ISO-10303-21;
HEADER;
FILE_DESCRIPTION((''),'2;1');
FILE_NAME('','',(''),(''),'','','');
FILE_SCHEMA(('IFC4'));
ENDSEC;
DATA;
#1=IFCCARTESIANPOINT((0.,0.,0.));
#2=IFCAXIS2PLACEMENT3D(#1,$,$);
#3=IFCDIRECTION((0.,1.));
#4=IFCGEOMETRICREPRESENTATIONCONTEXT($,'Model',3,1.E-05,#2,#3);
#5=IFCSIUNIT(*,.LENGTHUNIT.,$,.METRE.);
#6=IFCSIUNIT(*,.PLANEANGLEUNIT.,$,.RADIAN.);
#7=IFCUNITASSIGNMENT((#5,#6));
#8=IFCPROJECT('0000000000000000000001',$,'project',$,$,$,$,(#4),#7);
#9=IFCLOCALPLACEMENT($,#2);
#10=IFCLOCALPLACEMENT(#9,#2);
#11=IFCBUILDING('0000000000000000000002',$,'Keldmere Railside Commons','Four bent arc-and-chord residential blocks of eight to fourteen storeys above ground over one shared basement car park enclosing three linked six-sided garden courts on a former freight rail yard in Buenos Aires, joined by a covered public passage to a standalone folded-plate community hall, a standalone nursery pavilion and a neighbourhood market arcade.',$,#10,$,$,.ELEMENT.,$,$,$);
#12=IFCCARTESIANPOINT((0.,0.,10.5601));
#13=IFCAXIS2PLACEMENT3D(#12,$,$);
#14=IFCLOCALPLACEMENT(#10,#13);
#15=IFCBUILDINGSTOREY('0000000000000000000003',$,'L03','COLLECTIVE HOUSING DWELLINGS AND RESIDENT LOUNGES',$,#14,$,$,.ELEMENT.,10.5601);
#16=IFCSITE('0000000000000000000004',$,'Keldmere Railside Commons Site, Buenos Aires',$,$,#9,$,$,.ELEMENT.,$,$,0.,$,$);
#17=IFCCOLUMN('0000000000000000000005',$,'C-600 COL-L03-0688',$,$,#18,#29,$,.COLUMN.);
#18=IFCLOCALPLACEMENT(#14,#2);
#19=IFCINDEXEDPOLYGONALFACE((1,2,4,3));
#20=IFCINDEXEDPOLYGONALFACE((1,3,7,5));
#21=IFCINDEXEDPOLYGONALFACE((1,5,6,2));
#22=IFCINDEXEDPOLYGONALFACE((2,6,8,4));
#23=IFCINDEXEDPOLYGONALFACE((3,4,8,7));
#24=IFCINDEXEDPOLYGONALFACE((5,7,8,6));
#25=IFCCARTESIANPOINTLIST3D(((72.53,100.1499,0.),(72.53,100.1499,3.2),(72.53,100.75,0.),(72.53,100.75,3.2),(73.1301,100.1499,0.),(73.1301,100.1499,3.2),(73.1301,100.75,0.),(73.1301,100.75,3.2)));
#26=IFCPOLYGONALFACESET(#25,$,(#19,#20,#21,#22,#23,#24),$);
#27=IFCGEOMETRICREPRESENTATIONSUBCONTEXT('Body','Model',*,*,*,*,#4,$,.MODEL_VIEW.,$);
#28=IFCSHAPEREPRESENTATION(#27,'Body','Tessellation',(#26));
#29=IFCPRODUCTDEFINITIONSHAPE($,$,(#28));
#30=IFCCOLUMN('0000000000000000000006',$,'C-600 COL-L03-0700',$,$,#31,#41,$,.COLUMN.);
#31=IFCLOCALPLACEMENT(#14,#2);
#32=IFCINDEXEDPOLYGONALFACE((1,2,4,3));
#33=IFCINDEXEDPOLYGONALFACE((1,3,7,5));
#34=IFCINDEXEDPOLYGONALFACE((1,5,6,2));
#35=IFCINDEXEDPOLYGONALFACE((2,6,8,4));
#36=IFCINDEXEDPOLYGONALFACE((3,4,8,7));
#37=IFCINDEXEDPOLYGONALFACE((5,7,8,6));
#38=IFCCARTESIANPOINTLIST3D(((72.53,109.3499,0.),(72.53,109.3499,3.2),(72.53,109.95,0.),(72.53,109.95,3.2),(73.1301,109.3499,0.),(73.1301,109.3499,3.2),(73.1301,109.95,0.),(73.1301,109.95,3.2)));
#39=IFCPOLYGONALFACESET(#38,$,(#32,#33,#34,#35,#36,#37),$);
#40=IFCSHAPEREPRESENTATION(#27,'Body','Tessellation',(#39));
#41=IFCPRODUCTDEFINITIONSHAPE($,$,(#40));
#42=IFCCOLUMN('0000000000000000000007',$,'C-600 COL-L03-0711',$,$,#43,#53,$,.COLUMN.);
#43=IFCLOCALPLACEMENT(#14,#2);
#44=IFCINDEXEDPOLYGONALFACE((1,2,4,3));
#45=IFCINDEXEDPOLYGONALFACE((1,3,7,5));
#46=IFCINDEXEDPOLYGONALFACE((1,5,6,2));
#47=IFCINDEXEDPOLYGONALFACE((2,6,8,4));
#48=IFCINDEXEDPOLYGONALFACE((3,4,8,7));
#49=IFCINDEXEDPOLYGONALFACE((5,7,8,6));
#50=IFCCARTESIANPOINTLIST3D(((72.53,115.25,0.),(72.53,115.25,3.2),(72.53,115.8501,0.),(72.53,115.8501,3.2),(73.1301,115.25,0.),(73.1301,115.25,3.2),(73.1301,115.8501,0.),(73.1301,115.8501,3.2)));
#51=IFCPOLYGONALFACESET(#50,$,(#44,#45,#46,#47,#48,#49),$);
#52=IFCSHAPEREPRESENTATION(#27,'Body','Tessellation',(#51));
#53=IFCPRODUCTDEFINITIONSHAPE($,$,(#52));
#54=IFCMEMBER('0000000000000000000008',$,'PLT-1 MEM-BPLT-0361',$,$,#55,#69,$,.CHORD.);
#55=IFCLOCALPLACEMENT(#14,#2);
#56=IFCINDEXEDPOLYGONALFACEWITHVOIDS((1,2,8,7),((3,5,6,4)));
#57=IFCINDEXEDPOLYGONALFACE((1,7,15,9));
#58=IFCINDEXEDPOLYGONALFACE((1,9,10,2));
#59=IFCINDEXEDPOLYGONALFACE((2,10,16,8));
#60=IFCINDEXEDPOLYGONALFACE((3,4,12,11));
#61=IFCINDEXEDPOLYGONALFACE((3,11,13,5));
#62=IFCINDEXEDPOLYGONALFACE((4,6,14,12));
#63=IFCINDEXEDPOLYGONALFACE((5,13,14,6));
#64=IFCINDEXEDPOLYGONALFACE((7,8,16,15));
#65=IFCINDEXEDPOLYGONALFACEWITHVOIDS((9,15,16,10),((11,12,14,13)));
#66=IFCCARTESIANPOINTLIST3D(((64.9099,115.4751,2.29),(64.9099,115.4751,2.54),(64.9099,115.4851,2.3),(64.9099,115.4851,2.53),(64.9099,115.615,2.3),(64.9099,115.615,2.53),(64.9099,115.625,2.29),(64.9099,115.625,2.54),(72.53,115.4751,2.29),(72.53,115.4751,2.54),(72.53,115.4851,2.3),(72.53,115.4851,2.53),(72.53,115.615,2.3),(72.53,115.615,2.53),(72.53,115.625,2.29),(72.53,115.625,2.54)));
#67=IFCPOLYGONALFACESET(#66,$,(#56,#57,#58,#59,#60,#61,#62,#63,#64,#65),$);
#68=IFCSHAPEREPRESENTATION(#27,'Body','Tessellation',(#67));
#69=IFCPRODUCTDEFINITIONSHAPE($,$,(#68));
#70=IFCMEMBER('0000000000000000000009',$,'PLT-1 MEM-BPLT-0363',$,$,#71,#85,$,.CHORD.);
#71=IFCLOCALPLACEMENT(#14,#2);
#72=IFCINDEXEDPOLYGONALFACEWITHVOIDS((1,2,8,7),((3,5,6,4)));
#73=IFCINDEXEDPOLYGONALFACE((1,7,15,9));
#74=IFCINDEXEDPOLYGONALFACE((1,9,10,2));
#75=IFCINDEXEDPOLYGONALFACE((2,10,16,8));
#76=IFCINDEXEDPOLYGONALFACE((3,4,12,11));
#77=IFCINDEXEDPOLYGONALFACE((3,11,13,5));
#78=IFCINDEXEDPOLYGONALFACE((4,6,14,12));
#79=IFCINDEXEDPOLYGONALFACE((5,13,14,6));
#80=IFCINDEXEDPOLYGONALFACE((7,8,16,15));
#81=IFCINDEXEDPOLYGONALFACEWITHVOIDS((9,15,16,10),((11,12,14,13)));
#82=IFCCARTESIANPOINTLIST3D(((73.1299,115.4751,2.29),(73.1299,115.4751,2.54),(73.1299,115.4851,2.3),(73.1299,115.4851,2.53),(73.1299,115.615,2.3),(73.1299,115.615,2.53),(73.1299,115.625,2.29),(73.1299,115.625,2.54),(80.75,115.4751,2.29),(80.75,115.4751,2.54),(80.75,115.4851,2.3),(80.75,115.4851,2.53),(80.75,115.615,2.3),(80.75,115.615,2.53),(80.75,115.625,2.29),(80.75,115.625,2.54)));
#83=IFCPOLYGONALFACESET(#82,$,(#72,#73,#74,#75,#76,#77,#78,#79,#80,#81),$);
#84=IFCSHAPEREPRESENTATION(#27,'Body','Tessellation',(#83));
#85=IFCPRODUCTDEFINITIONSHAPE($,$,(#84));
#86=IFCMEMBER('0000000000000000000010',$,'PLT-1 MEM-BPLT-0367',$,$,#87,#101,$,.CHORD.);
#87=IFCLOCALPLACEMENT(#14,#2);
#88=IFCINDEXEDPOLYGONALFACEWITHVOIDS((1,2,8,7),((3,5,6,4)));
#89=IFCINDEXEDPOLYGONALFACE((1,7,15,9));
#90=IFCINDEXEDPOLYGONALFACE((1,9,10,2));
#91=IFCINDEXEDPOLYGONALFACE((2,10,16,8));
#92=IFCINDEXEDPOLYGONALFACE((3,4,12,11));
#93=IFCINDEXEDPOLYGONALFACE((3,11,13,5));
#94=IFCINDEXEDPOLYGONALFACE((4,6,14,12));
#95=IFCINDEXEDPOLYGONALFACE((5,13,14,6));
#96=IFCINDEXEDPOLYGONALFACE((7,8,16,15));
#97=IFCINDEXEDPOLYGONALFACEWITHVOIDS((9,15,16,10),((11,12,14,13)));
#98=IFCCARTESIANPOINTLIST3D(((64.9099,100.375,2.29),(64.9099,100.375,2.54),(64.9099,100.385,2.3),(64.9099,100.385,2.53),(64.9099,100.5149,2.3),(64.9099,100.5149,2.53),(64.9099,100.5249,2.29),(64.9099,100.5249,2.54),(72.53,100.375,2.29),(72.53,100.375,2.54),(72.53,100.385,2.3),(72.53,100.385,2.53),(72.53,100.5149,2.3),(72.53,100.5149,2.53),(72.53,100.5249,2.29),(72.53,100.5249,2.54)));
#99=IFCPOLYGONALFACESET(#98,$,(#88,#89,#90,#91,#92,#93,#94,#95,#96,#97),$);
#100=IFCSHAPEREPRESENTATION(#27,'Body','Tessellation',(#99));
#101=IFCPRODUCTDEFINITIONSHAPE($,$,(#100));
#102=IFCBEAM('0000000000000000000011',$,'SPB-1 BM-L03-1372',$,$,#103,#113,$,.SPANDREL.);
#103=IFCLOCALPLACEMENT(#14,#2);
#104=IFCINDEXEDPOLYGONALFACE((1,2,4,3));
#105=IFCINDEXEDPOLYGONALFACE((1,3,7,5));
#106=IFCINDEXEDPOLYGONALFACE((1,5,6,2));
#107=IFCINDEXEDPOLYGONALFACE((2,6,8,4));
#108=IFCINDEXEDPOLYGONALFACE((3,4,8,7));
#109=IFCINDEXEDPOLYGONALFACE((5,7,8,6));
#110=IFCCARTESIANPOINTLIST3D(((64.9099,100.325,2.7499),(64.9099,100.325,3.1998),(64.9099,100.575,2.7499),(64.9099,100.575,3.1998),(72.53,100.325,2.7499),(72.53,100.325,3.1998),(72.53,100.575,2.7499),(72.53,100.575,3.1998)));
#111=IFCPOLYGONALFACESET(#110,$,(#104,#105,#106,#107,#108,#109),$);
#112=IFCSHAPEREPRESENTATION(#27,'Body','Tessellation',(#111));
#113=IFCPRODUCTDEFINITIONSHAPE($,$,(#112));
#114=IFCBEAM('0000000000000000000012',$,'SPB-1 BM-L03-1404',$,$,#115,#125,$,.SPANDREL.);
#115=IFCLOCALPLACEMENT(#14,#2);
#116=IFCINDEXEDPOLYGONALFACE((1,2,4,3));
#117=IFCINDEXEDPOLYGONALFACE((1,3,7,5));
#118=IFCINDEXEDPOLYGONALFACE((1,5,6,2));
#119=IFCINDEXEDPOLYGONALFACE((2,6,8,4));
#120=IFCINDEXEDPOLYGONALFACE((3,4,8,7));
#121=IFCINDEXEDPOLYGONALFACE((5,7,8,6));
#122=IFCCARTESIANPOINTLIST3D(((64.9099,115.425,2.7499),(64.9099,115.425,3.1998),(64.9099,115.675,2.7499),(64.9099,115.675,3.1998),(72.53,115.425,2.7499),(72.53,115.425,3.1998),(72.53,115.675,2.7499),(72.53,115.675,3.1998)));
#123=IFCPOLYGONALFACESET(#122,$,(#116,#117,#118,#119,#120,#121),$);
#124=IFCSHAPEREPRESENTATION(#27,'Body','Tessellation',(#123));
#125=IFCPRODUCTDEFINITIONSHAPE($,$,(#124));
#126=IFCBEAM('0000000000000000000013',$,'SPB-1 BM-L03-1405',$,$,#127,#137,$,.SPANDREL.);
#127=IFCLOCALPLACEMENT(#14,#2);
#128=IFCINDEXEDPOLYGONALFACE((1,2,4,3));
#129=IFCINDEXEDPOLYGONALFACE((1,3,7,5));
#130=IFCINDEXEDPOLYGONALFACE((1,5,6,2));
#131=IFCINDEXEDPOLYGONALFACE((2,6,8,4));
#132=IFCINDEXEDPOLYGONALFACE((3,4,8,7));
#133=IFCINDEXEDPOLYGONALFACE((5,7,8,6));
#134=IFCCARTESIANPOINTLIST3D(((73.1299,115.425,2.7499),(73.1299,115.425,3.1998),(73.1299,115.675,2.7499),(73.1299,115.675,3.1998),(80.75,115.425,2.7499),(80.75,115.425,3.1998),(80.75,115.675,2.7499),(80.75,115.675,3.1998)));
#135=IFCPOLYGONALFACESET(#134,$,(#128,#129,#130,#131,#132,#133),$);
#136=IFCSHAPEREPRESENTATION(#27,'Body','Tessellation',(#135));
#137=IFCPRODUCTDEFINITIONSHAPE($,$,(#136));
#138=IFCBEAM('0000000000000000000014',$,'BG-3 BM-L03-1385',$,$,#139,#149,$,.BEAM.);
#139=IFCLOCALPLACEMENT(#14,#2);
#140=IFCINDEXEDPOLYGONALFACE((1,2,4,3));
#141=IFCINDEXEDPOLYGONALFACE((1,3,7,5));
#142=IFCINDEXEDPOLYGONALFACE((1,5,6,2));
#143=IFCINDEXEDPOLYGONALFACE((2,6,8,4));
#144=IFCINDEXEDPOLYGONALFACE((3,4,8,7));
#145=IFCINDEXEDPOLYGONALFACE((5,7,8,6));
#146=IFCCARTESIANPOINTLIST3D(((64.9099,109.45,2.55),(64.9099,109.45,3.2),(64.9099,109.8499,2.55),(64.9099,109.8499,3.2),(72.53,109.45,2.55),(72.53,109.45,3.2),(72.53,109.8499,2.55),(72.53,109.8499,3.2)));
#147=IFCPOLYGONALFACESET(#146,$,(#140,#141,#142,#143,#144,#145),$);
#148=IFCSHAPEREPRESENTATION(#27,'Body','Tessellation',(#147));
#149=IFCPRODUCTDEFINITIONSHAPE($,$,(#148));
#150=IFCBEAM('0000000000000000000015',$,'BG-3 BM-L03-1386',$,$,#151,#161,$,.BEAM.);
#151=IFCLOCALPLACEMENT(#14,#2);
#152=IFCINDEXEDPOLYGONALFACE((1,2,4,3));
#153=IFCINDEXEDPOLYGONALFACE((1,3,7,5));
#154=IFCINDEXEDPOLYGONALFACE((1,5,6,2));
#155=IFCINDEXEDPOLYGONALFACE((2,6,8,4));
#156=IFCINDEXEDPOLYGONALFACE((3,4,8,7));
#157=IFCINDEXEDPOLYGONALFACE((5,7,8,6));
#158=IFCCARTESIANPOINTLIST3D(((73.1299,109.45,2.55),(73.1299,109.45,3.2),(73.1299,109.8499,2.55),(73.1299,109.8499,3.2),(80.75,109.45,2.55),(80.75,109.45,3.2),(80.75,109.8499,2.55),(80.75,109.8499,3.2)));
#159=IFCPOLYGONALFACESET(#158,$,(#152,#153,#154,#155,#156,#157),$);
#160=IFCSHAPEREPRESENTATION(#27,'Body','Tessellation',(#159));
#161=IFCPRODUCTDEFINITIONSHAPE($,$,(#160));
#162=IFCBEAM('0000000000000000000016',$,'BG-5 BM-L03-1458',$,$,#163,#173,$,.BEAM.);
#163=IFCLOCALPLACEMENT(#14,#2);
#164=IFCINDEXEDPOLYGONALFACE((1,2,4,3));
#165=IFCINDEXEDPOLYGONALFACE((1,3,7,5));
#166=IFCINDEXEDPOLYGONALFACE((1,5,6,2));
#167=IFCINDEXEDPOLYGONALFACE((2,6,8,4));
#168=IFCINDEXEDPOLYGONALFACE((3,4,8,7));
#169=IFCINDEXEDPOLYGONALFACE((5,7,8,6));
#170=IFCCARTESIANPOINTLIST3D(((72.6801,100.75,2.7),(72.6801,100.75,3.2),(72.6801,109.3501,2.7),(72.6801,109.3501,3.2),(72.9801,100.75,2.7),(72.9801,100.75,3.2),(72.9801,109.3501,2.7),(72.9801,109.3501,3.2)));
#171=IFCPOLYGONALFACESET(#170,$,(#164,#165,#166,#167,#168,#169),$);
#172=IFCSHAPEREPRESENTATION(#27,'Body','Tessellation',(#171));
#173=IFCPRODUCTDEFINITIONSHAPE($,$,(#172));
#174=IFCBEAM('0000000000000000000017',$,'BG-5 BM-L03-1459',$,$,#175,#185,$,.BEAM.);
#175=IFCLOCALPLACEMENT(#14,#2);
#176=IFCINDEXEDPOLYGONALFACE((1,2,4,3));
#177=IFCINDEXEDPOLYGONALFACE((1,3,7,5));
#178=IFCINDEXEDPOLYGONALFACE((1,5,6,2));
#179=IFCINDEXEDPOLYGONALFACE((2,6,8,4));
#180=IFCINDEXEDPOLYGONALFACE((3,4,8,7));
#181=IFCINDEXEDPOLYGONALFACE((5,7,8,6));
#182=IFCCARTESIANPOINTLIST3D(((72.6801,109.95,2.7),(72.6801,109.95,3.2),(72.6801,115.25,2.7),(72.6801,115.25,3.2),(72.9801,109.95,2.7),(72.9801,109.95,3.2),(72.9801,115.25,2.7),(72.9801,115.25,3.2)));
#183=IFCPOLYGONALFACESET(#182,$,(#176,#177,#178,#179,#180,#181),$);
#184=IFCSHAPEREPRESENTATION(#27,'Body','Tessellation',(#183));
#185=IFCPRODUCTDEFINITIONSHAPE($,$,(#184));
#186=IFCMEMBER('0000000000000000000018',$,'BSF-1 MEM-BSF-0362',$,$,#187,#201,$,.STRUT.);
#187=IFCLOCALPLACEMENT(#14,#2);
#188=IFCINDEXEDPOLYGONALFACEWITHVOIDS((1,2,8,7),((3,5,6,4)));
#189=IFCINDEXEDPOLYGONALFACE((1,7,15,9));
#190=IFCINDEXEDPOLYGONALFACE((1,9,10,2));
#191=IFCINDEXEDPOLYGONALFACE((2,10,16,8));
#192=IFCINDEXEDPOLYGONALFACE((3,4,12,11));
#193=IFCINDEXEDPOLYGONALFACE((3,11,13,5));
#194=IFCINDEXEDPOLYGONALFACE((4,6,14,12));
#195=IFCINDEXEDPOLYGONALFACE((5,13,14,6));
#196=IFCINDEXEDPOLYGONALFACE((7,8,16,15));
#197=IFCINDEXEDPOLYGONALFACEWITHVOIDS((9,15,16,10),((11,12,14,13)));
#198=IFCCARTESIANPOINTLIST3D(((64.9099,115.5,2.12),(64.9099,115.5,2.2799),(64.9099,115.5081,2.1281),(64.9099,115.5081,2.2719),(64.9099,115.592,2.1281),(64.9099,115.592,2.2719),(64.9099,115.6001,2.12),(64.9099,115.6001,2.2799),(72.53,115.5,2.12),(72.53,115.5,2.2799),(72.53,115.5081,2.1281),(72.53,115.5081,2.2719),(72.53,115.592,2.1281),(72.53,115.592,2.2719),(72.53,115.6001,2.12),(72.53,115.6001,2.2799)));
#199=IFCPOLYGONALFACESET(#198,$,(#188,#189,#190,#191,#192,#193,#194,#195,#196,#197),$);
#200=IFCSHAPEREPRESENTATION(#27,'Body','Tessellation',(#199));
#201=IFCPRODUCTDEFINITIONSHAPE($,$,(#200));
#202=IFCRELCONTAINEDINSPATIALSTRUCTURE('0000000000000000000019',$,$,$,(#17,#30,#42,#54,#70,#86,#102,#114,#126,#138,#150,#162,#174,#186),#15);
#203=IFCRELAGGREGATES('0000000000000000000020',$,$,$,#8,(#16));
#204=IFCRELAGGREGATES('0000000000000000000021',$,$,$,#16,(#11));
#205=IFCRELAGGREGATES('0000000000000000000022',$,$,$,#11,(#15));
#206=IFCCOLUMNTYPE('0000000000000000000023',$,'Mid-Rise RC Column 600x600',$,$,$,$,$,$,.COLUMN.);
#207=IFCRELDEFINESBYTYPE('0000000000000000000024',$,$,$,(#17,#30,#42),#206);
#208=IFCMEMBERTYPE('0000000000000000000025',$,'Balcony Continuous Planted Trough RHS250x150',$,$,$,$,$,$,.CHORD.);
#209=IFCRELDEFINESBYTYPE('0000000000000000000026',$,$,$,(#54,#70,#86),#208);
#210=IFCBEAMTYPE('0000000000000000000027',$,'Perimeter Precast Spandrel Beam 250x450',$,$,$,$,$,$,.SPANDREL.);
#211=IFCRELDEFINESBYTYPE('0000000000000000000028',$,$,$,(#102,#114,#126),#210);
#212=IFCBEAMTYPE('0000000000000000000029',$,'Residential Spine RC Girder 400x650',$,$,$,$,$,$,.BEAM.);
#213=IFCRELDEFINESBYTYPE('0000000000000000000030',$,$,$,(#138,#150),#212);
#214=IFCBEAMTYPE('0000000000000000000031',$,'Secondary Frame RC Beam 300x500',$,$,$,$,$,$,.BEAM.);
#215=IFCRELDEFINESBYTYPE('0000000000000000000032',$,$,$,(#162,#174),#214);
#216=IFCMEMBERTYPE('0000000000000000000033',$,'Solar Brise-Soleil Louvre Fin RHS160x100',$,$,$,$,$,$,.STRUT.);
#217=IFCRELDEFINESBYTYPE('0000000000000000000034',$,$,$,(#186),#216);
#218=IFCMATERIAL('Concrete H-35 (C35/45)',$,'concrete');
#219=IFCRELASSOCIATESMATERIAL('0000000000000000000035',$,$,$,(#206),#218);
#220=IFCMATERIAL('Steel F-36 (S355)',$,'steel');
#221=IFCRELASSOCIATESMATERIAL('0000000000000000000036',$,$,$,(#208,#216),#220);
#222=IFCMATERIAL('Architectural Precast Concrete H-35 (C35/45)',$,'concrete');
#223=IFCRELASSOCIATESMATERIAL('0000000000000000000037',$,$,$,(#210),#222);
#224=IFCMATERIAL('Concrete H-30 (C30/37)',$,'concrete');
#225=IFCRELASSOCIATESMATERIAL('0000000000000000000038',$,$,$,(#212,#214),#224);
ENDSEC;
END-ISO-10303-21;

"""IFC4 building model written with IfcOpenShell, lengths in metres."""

from ifc_helpers import new_model, si_unit, direction, frame, origin, origin_2d, place, context, subcontext, project, spatial, rectangle, hollow_rectangle, extrude, material, material_profile, profile_set, type_object, element, save


model = new_model("IFC4")

# Units and contexts
model_context = context("Model", 3, precision=1e-05, world=origin(), true_north=direction((0.0, 1.0)))
body_context = subcontext(model_context, "Body", "Model", "MODEL_VIEW")
ifc_project = project(units=[si_unit("LENGTHUNIT", "METRE"), si_unit("PLANEANGLEUNIT", "RADIAN")], contexts=[model_context])

# Site, building, storey
site_placement = place(None, origin())
site = spatial("IfcSite", under=ifc_project, at=site_placement, Name="Keldmere Railside Commons Site, Buenos Aires", CompositionType="ELEMENT", RefElevation=0.0)
building_placement = place(site_placement, origin())
building = spatial("IfcBuilding", under=site, at=building_placement, Name="Keldmere Railside Commons", Description="Four bent arc-and-chord residential blocks of eight to fourteen storeys above ground over one shared basement car park enclosing three linked six-sided garden courts on a former freight rail yard in Buenos Aires, joined by a covered public passage to a standalone folded-plate community hall, a standalone nursery pavilion and a neighbourhood market arcade.", CompositionType="ELEMENT")
storey_placement = place(building_placement, frame((0.0, 0.0, 10.5601)))
storey = spatial("IfcBuildingStorey", under=building, at=storey_placement, Name="L03", Description="COLLECTIVE HOUSING DWELLINGS AND RESIDENT LOUNGES", CompositionType="ELEMENT", Elevation=10.5601)

# Columns
ifc_material_1 = material(Name="Concrete H-35 (C35/45)", Category="concrete")
ifc_material_profile_1 = material_profile(ifc_material_1, rectangle(XDim=0.6001, YDim=0.6001, at=origin_2d()), Name="RC-600x600")
ifc_profile_set_1 = profile_set([ifc_material_profile_1], Name="Concrete H-35 (C35/45)")
column_type = type_object("IfcColumnType", Name="Mid-Rise RC Column 600x600", PredefinedType="COLUMN", material=ifc_profile_set_1)
for number, where, z_axis, x_axis, name in (
    (1, (72.8301, 100.45, 0.0), (0.0, 0.0, 1.0), (1.0, 0.0, 0.0), "C-600 COL-L03-0688"),
    (2, (72.8301, 109.6499, 0.0), (0.0, 0.0, 1.0), (1.0, 0.0, 0.0), "C-600 COL-L03-0700"),
    (3, (72.8301, 115.55, 0.0), (0.0, 0.0, 1.0), (1.0, 0.0, 0.0), "C-600 COL-L03-0711"),
):
    element("IfcColumn", number, at=place(storey_placement, frame(where, z_axis=z_axis, x_axis=x_axis)), inside=storey, type_object=column_type, Name=name, PredefinedType="COLUMN", context=body_context, shape_type="SweptSolid", body=[
        extrude(rectangle(XDim=0.6001, YDim=0.6001, at=origin_2d()), origin(), (0.0, 0.0, 1.0), 3.2),
    ])

# Members
ifc_material_2 = material(Name="Steel F-36 (S355)", Category="steel")
ifc_material_profile_2 = material_profile(ifc_material_2, hollow_rectangle(XDim=0.1499, YDim=0.25, WallThickness=0.01, at=origin_2d()), Name="RHS-250x150x10")
ifc_profile_set_2 = profile_set([ifc_material_profile_2], Name="Steel F-36 (S355)")
member_type_1 = type_object("IfcMemberType", Name="Balcony Continuous Planted Trough RHS250x150", PredefinedType="CHORD", material=ifc_profile_set_2)
for number, where, z_axis, x_axis, name in (
    (4, (64.9099, 115.55, 2.415), (1.0, 0.0, 0.0), (0.0, 1.0, 0.0), "PLT-1 MEM-BPLT-0361"),
    (5, (73.1299, 115.55, 2.415), (1.0, 0.0, 0.0), (0.0, 1.0, 0.0), "PLT-1 MEM-BPLT-0363"),
    (6, (64.9099, 100.45, 2.415), (1.0, 0.0, 0.0), (0.0, 1.0, 0.0), "PLT-1 MEM-BPLT-0367"),
):
    element("IfcMember", number, at=place(storey_placement, frame(where, z_axis=z_axis, x_axis=x_axis)), inside=storey, type_object=member_type_1, Name=name, PredefinedType="CHORD", context=body_context, shape_type="SweptSolid", body=[
        extrude(hollow_rectangle(XDim=0.1499, YDim=0.25, WallThickness=0.01, at=origin_2d()), origin(), (0.0, 0.0, 1.0), 7.6201),
    ])

# Beams
ifc_material_3 = material(Name="Architectural Precast Concrete H-35 (C35/45)", Category="concrete")
ifc_material_profile_3 = material_profile(ifc_material_3, rectangle(XDim=0.25, YDim=0.45, at=origin_2d()), Name="RC-250x450")
ifc_profile_set_3 = profile_set([ifc_material_profile_3], Name="Architectural Precast Concrete H-35 (C35/45)")
beam_type_1 = type_object("IfcBeamType", Name="Perimeter Precast Spandrel Beam 250x450", PredefinedType="SPANDREL", material=ifc_profile_set_3)
for number, where, z_axis, x_axis, name in (
    (7, (64.9099, 100.45, 2.9749), (1.0, 0.0, 0.0), (0.0, 1.0, 0.0), "SPB-1 BM-L03-1372"),
    (8, (64.9099, 115.55, 2.9749), (1.0, 0.0, 0.0), (0.0, 1.0, 0.0), "SPB-1 BM-L03-1404"),
    (9, (73.1299, 115.55, 2.9749), (1.0, 0.0, 0.0), (0.0, 1.0, 0.0), "SPB-1 BM-L03-1405"),
):
    element("IfcBeam", number, at=place(storey_placement, frame(where, z_axis=z_axis, x_axis=x_axis)), inside=storey, type_object=beam_type_1, Name=name, PredefinedType="SPANDREL", context=body_context, shape_type="SweptSolid", body=[
        extrude(rectangle(XDim=0.25, YDim=0.45, at=origin_2d()), origin(), (0.0, 0.0, 1.0), 7.6201),
    ])
ifc_material_4 = material(Name="Concrete H-30 (C30/37)", Category="concrete")
ifc_material_profile_4 = material_profile(ifc_material_4, rectangle(XDim=0.3999, YDim=0.6499, at=origin_2d()), Name="RC-400x650")
ifc_profile_set_4 = profile_set([ifc_material_profile_4], Name="Concrete H-30 (C30/37)")
beam_type_2 = type_object("IfcBeamType", Name="Residential Spine RC Girder 400x650", PredefinedType="BEAM", material=ifc_profile_set_4)
for number, where, z_axis, x_axis, name in (
    (10, (64.9099, 109.6499, 2.875), (1.0, 0.0, 0.0), (0.0, 1.0, 0.0), "BG-3 BM-L03-1385"),
    (11, (73.1299, 109.6499, 2.875), (1.0, 0.0, 0.0), (0.0, 1.0, 0.0), "BG-3 BM-L03-1386"),
):
    element("IfcBeam", number, at=place(storey_placement, frame(where, z_axis=z_axis, x_axis=x_axis)), inside=storey, type_object=beam_type_2, Name=name, PredefinedType="BEAM", context=body_context, shape_type="SweptSolid", body=[
        extrude(rectangle(XDim=0.3999, YDim=0.6499, at=origin_2d()), origin(), (0.0, 0.0, 1.0), 7.6201),
    ])
ifc_material_profile_5 = material_profile(ifc_material_4, rectangle(XDim=0.3, YDim=0.5, at=origin_2d()), Name="RC-300x500")
ifc_profile_set_5 = profile_set([ifc_material_profile_5], Name="Concrete H-30 (C30/37)")
beam_type_3 = type_object("IfcBeamType", Name="Secondary Frame RC Beam 300x500", PredefinedType="BEAM", material=ifc_profile_set_5)
beam_1_placement = place(storey_placement, frame((72.8301, 100.75, 2.95), z_axis=(0.0, 1.0, 0.0), x_axis=(-1.0, 0.0, 0.0)))
element("IfcBeam", 12, at=beam_1_placement, inside=storey, type_object=beam_type_3, Name="BG-5 BM-L03-1458", PredefinedType="BEAM", context=body_context, shape_type="SweptSolid", body=[
    extrude(rectangle(XDim=0.3, YDim=0.5, at=origin_2d()), origin(), (0.0, 0.0, 1.0), 8.6001),
])
beam_2_placement = place(storey_placement, frame((72.8301, 109.95, 2.95), z_axis=(0.0, 1.0, 0.0), x_axis=(-1.0, 0.0, 0.0)))
element("IfcBeam", 13, at=beam_2_placement, inside=storey, type_object=beam_type_3, Name="BG-5 BM-L03-1459", PredefinedType="BEAM", context=body_context, shape_type="SweptSolid", body=[
    extrude(rectangle(XDim=0.3, YDim=0.5, at=origin_2d()), origin(), (0.0, 0.0, 1.0), 5.3),
])

# Member
ifc_material_profile_6 = material_profile(ifc_material_2, hollow_rectangle(XDim=0.1001, YDim=0.1599, WallThickness=0.0081, at=origin_2d()), Name="RHS-160x100x8")
ifc_profile_set_6 = profile_set([ifc_material_profile_6], Name="Steel F-36 (S355)")
member_type_2 = type_object("IfcMemberType", Name="Solar Brise-Soleil Louvre Fin RHS160x100", PredefinedType="STRUT", material=ifc_profile_set_6)
for number, where, z_axis, x_axis, name in (
    (14, (64.9099, 115.55, 2.2), (1.0, 0.0, 0.0), (0.0, 1.0, 0.0), "BSF-1 MEM-BSF-0362"),
):
    element("IfcMember", number, at=place(storey_placement, frame(where, z_axis=z_axis, x_axis=x_axis)), inside=storey, type_object=member_type_2, Name=name, PredefinedType="STRUT", context=body_context, shape_type="SweptSolid", body=[
        extrude(hollow_rectangle(XDim=0.1001, YDim=0.1599, WallThickness=0.0081, at=origin_2d()), origin(), (0.0, 0.0, 1.0), 7.6201),
    ])

save(model, "model.ifc")
